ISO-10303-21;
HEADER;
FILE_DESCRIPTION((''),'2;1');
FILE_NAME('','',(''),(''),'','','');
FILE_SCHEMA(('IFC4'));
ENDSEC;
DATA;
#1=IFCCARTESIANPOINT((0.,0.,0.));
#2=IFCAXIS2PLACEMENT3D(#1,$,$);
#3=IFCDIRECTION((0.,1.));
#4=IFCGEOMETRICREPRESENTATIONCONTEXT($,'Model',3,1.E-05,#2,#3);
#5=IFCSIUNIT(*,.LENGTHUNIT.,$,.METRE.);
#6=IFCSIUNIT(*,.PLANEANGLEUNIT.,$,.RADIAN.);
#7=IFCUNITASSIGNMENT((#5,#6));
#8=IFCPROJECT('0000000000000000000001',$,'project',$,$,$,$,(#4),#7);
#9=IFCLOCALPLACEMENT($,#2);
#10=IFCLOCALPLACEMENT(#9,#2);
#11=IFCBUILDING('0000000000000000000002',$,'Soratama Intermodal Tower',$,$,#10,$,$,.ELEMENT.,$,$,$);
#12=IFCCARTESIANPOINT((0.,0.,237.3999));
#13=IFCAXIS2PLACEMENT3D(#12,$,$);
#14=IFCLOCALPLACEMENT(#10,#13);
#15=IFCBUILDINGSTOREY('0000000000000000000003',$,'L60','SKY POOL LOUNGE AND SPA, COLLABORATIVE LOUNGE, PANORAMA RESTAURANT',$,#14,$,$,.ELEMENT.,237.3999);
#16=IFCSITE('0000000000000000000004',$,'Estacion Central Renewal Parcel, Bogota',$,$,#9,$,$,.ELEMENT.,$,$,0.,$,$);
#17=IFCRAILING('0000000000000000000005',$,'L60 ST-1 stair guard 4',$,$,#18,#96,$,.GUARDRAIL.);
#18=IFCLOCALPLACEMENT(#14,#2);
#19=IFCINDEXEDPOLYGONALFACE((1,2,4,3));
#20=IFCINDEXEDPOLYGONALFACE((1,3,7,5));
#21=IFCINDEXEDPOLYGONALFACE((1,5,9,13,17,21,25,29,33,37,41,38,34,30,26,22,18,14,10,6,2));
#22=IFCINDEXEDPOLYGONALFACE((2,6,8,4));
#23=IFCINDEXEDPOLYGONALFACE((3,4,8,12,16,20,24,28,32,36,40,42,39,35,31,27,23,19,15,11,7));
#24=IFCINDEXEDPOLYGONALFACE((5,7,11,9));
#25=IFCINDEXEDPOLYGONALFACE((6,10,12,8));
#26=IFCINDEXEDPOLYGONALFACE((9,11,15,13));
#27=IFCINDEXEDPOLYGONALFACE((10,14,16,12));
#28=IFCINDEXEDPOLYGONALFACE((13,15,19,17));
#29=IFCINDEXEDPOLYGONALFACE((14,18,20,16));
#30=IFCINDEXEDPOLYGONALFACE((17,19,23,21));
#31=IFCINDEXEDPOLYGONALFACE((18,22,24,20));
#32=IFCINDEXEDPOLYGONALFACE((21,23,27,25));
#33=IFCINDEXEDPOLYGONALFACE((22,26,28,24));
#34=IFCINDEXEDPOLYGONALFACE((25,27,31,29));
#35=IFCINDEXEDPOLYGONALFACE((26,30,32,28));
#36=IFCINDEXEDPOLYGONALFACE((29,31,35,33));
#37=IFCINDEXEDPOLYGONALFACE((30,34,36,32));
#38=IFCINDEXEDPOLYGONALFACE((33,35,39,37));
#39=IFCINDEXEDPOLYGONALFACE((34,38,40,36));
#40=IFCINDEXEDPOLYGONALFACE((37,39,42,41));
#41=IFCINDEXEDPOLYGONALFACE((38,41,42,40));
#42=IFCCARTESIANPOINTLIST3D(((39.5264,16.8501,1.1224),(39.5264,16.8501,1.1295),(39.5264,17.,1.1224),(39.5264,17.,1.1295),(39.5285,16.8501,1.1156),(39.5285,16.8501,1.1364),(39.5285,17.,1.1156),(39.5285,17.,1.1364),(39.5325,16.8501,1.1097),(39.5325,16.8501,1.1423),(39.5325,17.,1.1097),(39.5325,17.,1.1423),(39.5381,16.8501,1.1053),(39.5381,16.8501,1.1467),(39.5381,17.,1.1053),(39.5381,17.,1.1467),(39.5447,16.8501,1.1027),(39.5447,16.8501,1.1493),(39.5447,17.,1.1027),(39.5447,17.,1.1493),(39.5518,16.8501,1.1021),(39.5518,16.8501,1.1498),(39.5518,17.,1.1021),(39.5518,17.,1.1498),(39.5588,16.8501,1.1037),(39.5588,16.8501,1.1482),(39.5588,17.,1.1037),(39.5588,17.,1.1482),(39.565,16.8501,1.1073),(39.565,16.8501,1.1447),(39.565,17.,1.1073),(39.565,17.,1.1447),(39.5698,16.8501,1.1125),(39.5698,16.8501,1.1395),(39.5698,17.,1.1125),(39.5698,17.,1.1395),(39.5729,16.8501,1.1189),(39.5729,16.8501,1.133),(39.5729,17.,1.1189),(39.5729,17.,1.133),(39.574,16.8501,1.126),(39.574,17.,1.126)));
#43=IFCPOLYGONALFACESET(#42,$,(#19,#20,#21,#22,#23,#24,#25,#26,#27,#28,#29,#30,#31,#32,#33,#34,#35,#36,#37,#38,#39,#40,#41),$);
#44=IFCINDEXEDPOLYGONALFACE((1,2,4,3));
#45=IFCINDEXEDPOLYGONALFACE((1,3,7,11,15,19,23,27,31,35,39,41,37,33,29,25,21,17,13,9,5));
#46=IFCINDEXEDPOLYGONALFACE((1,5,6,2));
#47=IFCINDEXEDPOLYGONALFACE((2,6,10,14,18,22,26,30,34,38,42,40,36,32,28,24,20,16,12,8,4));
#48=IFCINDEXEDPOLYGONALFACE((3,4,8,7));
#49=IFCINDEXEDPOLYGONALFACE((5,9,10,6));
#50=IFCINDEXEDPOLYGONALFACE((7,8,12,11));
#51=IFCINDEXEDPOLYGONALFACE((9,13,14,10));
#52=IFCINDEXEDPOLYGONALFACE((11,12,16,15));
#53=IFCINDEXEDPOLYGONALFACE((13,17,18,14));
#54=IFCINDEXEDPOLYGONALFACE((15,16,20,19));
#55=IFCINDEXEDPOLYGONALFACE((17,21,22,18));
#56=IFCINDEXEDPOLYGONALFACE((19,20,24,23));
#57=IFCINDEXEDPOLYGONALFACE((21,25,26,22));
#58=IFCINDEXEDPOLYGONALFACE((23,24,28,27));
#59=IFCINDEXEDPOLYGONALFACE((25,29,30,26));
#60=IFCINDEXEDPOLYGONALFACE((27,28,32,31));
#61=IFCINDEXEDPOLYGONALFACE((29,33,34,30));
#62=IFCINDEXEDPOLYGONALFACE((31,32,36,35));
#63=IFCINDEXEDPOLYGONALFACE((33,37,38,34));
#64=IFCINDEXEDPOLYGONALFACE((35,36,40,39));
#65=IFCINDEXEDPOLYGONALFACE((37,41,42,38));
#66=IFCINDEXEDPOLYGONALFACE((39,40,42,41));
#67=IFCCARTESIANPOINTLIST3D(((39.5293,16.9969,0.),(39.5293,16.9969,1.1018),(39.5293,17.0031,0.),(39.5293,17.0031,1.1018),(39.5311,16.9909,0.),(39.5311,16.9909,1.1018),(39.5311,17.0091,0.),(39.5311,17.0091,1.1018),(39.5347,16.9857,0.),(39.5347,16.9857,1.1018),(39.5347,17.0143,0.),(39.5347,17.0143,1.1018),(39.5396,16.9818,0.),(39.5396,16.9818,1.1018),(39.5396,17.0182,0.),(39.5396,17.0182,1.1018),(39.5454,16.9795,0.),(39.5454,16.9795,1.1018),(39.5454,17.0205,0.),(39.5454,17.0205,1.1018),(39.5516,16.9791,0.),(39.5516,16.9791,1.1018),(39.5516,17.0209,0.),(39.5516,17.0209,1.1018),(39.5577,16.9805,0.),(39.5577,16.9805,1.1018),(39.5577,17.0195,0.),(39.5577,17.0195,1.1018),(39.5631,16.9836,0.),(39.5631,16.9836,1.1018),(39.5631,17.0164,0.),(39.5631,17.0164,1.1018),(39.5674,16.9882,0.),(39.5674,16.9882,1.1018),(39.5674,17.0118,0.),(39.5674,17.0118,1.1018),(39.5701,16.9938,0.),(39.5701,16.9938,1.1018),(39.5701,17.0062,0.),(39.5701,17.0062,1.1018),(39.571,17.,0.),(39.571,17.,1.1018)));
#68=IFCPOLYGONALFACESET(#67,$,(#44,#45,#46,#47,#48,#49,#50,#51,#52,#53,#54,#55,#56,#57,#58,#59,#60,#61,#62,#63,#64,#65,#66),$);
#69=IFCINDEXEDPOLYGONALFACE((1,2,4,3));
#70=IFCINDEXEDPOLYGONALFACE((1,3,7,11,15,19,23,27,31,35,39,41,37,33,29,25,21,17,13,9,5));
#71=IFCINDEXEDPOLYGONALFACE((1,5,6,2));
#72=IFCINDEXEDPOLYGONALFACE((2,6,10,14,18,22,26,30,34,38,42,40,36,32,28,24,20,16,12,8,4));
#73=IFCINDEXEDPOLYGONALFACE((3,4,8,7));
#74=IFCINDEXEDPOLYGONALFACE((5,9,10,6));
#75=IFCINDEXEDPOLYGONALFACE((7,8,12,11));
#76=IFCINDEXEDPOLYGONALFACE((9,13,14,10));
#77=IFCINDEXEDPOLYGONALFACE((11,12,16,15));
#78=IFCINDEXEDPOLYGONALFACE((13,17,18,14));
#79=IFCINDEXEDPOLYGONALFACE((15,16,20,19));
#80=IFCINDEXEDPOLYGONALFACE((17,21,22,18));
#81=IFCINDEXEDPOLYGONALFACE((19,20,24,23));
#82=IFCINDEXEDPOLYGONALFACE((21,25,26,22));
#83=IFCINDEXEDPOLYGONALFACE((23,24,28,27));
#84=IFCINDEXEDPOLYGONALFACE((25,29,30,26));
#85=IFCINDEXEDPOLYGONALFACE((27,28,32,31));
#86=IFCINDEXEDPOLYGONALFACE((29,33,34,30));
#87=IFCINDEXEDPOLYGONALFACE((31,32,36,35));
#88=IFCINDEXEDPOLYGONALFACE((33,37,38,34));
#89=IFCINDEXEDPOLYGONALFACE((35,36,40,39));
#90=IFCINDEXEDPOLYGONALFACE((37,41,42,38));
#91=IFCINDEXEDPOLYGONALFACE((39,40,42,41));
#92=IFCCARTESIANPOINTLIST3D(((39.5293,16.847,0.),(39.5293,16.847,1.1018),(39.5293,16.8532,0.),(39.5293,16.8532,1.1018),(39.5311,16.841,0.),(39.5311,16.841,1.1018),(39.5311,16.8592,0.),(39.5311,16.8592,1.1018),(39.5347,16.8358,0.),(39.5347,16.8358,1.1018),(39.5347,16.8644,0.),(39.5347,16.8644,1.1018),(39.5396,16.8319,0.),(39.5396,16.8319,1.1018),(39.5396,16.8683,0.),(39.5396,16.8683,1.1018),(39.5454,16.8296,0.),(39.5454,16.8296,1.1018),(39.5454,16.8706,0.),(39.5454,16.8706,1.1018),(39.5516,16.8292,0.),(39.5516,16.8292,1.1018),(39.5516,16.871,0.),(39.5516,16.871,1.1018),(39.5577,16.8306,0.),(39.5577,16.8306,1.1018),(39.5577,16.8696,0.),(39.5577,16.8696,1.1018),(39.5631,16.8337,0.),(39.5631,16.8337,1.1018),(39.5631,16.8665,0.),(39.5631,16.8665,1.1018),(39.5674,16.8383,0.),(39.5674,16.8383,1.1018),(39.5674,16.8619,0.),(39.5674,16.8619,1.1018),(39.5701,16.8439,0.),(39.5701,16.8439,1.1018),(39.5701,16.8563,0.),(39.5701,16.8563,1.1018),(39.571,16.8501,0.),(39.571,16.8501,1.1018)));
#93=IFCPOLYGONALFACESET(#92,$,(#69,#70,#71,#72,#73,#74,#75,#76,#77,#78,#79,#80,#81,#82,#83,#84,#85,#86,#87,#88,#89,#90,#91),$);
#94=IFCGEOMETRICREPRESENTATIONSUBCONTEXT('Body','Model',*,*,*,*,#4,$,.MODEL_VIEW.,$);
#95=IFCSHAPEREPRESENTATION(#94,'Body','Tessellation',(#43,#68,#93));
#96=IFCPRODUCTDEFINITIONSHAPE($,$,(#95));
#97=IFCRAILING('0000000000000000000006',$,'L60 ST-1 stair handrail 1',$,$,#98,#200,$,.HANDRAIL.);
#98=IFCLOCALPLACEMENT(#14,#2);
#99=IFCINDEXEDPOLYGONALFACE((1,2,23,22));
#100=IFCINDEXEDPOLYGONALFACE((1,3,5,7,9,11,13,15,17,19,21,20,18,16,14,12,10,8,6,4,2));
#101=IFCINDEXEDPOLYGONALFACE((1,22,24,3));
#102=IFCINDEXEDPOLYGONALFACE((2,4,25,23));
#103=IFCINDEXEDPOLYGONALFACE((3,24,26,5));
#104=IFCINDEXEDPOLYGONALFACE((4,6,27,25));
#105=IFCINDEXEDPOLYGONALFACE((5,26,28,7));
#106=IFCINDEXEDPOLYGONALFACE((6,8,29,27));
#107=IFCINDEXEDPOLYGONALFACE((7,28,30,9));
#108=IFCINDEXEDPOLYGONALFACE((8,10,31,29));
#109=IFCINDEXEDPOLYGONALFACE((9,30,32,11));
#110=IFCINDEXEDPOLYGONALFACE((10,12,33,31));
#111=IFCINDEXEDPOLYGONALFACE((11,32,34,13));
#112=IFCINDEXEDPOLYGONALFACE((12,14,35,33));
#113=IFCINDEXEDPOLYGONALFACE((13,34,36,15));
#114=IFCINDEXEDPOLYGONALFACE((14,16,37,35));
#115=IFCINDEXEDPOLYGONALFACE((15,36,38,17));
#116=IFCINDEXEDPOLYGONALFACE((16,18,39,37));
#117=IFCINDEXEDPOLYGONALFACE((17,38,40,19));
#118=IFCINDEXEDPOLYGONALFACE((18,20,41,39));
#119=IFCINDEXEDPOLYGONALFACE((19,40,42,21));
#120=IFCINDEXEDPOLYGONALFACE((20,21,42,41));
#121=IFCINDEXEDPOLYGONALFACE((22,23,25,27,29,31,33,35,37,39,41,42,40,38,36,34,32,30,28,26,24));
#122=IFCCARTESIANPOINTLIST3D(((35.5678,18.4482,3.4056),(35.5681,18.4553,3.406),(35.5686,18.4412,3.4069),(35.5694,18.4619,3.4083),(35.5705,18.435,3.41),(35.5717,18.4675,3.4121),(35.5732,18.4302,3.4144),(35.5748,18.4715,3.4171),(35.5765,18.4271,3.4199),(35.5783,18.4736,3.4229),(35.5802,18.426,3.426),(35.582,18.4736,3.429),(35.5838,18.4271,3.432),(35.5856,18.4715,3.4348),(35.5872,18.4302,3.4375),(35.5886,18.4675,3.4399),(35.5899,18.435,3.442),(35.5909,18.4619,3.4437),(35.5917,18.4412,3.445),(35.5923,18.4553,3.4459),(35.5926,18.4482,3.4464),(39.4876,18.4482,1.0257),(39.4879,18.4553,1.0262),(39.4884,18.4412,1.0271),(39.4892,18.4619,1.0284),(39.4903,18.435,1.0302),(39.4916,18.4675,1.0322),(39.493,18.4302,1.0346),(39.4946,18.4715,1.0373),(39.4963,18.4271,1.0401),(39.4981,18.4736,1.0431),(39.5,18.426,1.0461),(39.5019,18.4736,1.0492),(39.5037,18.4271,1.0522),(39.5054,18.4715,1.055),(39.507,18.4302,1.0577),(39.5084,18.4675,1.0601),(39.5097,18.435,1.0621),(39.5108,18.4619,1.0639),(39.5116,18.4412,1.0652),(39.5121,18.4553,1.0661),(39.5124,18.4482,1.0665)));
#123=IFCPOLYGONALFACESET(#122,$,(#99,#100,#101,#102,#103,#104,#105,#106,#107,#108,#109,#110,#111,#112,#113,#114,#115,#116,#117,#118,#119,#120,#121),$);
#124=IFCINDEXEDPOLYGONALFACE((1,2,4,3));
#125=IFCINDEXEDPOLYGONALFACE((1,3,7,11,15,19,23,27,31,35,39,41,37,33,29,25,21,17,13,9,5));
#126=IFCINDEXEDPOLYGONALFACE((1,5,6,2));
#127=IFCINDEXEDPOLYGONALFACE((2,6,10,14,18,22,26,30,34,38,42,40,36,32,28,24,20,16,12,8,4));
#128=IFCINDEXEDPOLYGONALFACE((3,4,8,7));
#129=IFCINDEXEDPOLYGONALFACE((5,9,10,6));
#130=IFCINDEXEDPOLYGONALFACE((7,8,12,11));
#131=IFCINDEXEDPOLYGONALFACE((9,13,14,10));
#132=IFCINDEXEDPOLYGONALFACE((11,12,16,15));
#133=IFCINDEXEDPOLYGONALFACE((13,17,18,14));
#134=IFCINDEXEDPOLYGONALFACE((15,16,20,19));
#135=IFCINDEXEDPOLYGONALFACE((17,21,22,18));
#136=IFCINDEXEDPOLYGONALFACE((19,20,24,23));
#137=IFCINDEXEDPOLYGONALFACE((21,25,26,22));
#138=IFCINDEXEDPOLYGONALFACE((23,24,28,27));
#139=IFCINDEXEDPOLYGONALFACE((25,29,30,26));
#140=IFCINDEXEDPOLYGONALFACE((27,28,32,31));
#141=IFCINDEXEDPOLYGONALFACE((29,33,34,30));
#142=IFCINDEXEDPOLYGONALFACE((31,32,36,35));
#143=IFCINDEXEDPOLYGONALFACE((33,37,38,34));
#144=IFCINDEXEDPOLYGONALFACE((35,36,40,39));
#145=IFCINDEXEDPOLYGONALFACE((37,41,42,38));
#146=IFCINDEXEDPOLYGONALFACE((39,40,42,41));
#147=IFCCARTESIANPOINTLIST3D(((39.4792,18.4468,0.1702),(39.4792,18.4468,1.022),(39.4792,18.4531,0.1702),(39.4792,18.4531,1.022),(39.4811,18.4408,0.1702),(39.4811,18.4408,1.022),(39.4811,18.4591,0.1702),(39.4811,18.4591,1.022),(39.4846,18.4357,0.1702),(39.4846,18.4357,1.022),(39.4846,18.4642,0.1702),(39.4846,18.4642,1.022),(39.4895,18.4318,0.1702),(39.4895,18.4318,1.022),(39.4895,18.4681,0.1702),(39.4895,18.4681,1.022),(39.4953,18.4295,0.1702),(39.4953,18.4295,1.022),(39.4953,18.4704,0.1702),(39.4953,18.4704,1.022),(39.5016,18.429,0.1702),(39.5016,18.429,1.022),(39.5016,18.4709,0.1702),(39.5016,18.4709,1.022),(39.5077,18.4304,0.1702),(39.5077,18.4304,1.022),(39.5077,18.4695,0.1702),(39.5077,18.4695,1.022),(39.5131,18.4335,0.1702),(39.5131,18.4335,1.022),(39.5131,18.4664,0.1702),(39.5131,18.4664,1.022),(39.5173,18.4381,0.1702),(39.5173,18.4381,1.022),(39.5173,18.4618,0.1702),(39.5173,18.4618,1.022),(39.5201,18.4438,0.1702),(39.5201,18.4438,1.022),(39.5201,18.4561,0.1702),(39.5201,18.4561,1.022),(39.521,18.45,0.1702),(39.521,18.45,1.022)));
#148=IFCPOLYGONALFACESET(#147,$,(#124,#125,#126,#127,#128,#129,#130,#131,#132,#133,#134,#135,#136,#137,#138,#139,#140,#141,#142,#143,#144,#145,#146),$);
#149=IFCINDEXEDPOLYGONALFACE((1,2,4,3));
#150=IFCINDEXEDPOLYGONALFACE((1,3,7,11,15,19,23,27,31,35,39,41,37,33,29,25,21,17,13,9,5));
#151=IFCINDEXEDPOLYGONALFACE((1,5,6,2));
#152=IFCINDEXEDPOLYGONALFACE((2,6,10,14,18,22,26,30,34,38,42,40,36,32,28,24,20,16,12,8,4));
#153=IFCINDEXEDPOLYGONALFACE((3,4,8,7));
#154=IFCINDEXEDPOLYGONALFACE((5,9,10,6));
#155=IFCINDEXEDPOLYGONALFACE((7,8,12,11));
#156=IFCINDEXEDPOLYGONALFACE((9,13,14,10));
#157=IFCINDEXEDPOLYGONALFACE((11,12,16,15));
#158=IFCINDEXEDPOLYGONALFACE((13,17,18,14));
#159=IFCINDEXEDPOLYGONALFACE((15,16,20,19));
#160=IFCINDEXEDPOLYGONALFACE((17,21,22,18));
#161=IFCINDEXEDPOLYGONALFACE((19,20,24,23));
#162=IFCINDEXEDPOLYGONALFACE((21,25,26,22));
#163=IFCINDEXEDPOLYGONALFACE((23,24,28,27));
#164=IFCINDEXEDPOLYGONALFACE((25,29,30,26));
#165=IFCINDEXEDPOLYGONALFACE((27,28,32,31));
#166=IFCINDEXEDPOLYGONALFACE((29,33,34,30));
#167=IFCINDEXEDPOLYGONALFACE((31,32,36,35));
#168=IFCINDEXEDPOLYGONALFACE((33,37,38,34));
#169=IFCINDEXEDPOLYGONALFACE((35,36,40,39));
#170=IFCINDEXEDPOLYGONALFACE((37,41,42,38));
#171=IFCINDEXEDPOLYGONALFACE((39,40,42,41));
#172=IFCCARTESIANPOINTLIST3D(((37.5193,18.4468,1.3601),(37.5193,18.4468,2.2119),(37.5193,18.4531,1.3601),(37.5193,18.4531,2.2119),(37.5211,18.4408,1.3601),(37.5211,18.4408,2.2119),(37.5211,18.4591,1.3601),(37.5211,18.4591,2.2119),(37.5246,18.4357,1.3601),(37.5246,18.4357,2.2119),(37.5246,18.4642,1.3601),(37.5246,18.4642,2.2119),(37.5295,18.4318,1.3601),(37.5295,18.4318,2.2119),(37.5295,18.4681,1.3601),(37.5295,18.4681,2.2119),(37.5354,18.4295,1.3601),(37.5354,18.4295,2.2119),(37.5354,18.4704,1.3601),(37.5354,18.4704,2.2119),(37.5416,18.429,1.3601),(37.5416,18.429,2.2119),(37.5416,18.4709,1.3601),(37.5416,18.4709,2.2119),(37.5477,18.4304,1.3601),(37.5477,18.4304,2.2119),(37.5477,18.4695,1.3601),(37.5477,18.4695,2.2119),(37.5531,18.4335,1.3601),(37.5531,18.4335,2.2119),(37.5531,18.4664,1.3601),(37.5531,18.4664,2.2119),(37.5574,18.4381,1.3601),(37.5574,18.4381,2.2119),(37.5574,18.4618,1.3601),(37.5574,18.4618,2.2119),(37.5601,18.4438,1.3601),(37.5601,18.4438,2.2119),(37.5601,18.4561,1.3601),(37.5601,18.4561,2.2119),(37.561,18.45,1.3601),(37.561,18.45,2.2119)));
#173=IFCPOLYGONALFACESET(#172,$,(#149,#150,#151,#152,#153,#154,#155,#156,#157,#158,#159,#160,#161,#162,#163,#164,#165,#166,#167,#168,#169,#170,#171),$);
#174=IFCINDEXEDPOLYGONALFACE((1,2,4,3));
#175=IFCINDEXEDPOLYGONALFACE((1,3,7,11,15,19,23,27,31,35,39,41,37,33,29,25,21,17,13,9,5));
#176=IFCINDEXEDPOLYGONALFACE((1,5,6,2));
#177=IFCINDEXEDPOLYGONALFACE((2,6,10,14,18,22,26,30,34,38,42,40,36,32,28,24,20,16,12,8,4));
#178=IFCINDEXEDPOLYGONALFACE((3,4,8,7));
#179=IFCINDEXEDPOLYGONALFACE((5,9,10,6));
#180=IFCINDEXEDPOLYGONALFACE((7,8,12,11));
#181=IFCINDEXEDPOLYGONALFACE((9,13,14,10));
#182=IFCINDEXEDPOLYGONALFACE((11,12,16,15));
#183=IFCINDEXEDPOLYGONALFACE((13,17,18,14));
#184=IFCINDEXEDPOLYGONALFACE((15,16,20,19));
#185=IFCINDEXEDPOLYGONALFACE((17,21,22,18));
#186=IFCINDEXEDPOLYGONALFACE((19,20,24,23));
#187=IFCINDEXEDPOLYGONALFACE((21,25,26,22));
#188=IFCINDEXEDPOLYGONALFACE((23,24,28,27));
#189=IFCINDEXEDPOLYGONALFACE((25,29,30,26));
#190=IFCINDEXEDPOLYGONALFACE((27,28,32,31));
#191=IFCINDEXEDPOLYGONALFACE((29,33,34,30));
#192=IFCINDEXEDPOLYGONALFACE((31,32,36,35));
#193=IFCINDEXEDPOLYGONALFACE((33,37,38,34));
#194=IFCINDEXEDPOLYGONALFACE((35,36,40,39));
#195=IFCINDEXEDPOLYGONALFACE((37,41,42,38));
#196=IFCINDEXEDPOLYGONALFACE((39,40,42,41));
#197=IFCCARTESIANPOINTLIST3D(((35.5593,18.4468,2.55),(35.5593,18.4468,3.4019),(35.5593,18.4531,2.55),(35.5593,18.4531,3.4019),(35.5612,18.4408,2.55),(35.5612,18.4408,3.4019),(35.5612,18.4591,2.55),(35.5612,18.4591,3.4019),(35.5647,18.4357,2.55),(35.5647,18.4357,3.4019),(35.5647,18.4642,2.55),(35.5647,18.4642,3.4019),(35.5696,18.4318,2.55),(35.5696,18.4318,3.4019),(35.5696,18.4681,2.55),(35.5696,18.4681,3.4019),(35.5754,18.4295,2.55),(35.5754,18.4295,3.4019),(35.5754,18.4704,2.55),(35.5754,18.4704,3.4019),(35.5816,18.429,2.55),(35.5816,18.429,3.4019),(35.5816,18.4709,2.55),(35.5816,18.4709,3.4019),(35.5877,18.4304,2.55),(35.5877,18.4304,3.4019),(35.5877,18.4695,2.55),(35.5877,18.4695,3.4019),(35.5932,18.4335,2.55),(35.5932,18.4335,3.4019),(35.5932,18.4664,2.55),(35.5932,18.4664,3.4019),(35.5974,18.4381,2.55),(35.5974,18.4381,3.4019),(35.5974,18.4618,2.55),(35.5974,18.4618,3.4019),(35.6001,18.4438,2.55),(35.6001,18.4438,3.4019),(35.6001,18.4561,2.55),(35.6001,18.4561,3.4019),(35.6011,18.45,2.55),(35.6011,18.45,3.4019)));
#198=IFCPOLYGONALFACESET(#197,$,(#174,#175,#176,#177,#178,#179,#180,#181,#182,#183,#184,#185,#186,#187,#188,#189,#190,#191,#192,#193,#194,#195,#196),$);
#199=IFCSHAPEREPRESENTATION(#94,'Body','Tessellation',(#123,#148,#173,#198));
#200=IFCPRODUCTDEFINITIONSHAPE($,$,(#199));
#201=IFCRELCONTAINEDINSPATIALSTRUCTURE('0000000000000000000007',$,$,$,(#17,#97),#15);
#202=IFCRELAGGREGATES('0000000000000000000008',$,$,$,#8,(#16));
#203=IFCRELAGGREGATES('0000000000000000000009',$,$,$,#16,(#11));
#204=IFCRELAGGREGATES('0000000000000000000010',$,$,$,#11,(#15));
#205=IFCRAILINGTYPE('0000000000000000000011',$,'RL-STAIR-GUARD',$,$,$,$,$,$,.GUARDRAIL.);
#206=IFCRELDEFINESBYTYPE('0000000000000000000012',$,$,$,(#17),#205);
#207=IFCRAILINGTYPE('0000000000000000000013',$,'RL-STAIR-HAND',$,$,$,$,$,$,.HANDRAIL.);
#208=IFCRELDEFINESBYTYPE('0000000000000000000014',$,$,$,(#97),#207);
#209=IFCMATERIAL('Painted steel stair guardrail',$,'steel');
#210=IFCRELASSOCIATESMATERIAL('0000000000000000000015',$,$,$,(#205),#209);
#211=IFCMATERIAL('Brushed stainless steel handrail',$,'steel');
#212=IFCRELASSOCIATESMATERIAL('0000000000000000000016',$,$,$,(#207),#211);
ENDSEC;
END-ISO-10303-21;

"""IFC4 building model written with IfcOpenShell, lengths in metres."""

from ifc_helpers import new_model, si_unit, direction, frame, origin, origin_2d, place, context, subcontext, project, spatial, circle, extrude, material, type_object, element, save


model = new_model("IFC4")

# Units and contexts
model_context = context("Model", 3, precision=1e-05, world=origin(), true_north=direction((0.0, 1.0)))
body_context = subcontext(model_context, "Body", "Model", "MODEL_VIEW")
ifc_project = project(units=[si_unit("LENGTHUNIT", "METRE"), si_unit("PLANEANGLEUNIT", "RADIAN")], contexts=[model_context])

# Site, building, storey
site_placement = place(None, origin())
site = spatial("IfcSite", under=ifc_project, at=site_placement, Name="Estacion Central Renewal Parcel, Bogota", CompositionType="ELEMENT", RefElevation=0.0)
building_placement = place(site_placement, origin())
building = spatial("IfcBuilding", under=site, at=building_placement, Name="Soratama Intermodal Tower", CompositionType="ELEMENT")
storey_placement = place(building_placement, frame((0.0, 0.0, 237.3999)))
storey = spatial("IfcBuildingStorey", under=building, at=storey_placement, Name="L60", Description="SKY POOL LOUNGE AND SPA, COLLABORATIVE LOUNGE, PANORAMA RESTAURANT", CompositionType="ELEMENT", Elevation=237.3999)

# Railings
ifc_material_1 = material(Name="Painted steel stair guardrail", Category="steel")
railing_type_1 = type_object("IfcRailingType", Name="RL-STAIR-GUARD", PredefinedType="GUARDRAIL", material=ifc_material_1)
railing_1_placement = place(storey_placement, frame((39.55, 17.0, 0.0)))
element("IfcRailing", 1, at=railing_1_placement, inside=storey, type_object=railing_type_1, Name="L60 ST-1 stair guard 4", PredefinedType="GUARDRAIL", context=body_context, shape_type="SweptSolid", body=[
    extrude(circle(Radius=0.0239, at=origin_2d()), frame((0.0, 0.0, 1.126), z_axis=(0.0, -1.0, 0.0), x_axis=(1.0, 0.0, 0.0)), (0.0, 0.0, 1.0), 0.1499),
    extrude(circle(Radius=0.021, at=origin_2d()), origin(), (0.0, 0.0, 1.0), 1.1018),
    extrude(circle(Radius=0.021, at=origin_2d()), frame((0.0, -0.1499, 0.0)), (0.0, 0.0, 1.0), 1.1018),
])
ifc_material_2 = material(Name="Brushed stainless steel handrail", Category="steel")
railing_type_2 = type_object("IfcRailingType", Name="RL-STAIR-HAND", PredefinedType="HANDRAIL", material=ifc_material_2)
railing_2_placement = place(storey_placement, frame((39.5, 18.45, 0.1702)))
element("IfcRailing", 2, at=railing_2_placement, inside=storey, type_object=railing_type_2, Name="L60 ST-1 stair handrail 1", PredefinedType="HANDRAIL", context=body_context, shape_type="SweptSolid", body=[
    extrude(circle(Radius=0.0239, at=origin_2d()), frame((0.0, 0.0, 0.876), z_axis=(-0.854794, 0.0, 0.518967), x_axis=(0.0, -1.0, 0.0)), (0.0, 0.0, 1.0), 4.5857),
    extrude(circle(Radius=0.021, at=origin_2d()), origin(), (0.0, 0.0, 1.0), 0.8518),
    extrude(circle(Radius=0.021, at=origin_2d()), frame((-1.96, 0.0, 1.1899)), (0.0, 0.0, 1.0), 0.8518),
    extrude(circle(Radius=0.021, at=origin_2d()), frame((-3.9199, 0.0, 2.3799)), (0.0, 0.0, 1.0), 0.8518),
])

save(model, "model.ifc")
